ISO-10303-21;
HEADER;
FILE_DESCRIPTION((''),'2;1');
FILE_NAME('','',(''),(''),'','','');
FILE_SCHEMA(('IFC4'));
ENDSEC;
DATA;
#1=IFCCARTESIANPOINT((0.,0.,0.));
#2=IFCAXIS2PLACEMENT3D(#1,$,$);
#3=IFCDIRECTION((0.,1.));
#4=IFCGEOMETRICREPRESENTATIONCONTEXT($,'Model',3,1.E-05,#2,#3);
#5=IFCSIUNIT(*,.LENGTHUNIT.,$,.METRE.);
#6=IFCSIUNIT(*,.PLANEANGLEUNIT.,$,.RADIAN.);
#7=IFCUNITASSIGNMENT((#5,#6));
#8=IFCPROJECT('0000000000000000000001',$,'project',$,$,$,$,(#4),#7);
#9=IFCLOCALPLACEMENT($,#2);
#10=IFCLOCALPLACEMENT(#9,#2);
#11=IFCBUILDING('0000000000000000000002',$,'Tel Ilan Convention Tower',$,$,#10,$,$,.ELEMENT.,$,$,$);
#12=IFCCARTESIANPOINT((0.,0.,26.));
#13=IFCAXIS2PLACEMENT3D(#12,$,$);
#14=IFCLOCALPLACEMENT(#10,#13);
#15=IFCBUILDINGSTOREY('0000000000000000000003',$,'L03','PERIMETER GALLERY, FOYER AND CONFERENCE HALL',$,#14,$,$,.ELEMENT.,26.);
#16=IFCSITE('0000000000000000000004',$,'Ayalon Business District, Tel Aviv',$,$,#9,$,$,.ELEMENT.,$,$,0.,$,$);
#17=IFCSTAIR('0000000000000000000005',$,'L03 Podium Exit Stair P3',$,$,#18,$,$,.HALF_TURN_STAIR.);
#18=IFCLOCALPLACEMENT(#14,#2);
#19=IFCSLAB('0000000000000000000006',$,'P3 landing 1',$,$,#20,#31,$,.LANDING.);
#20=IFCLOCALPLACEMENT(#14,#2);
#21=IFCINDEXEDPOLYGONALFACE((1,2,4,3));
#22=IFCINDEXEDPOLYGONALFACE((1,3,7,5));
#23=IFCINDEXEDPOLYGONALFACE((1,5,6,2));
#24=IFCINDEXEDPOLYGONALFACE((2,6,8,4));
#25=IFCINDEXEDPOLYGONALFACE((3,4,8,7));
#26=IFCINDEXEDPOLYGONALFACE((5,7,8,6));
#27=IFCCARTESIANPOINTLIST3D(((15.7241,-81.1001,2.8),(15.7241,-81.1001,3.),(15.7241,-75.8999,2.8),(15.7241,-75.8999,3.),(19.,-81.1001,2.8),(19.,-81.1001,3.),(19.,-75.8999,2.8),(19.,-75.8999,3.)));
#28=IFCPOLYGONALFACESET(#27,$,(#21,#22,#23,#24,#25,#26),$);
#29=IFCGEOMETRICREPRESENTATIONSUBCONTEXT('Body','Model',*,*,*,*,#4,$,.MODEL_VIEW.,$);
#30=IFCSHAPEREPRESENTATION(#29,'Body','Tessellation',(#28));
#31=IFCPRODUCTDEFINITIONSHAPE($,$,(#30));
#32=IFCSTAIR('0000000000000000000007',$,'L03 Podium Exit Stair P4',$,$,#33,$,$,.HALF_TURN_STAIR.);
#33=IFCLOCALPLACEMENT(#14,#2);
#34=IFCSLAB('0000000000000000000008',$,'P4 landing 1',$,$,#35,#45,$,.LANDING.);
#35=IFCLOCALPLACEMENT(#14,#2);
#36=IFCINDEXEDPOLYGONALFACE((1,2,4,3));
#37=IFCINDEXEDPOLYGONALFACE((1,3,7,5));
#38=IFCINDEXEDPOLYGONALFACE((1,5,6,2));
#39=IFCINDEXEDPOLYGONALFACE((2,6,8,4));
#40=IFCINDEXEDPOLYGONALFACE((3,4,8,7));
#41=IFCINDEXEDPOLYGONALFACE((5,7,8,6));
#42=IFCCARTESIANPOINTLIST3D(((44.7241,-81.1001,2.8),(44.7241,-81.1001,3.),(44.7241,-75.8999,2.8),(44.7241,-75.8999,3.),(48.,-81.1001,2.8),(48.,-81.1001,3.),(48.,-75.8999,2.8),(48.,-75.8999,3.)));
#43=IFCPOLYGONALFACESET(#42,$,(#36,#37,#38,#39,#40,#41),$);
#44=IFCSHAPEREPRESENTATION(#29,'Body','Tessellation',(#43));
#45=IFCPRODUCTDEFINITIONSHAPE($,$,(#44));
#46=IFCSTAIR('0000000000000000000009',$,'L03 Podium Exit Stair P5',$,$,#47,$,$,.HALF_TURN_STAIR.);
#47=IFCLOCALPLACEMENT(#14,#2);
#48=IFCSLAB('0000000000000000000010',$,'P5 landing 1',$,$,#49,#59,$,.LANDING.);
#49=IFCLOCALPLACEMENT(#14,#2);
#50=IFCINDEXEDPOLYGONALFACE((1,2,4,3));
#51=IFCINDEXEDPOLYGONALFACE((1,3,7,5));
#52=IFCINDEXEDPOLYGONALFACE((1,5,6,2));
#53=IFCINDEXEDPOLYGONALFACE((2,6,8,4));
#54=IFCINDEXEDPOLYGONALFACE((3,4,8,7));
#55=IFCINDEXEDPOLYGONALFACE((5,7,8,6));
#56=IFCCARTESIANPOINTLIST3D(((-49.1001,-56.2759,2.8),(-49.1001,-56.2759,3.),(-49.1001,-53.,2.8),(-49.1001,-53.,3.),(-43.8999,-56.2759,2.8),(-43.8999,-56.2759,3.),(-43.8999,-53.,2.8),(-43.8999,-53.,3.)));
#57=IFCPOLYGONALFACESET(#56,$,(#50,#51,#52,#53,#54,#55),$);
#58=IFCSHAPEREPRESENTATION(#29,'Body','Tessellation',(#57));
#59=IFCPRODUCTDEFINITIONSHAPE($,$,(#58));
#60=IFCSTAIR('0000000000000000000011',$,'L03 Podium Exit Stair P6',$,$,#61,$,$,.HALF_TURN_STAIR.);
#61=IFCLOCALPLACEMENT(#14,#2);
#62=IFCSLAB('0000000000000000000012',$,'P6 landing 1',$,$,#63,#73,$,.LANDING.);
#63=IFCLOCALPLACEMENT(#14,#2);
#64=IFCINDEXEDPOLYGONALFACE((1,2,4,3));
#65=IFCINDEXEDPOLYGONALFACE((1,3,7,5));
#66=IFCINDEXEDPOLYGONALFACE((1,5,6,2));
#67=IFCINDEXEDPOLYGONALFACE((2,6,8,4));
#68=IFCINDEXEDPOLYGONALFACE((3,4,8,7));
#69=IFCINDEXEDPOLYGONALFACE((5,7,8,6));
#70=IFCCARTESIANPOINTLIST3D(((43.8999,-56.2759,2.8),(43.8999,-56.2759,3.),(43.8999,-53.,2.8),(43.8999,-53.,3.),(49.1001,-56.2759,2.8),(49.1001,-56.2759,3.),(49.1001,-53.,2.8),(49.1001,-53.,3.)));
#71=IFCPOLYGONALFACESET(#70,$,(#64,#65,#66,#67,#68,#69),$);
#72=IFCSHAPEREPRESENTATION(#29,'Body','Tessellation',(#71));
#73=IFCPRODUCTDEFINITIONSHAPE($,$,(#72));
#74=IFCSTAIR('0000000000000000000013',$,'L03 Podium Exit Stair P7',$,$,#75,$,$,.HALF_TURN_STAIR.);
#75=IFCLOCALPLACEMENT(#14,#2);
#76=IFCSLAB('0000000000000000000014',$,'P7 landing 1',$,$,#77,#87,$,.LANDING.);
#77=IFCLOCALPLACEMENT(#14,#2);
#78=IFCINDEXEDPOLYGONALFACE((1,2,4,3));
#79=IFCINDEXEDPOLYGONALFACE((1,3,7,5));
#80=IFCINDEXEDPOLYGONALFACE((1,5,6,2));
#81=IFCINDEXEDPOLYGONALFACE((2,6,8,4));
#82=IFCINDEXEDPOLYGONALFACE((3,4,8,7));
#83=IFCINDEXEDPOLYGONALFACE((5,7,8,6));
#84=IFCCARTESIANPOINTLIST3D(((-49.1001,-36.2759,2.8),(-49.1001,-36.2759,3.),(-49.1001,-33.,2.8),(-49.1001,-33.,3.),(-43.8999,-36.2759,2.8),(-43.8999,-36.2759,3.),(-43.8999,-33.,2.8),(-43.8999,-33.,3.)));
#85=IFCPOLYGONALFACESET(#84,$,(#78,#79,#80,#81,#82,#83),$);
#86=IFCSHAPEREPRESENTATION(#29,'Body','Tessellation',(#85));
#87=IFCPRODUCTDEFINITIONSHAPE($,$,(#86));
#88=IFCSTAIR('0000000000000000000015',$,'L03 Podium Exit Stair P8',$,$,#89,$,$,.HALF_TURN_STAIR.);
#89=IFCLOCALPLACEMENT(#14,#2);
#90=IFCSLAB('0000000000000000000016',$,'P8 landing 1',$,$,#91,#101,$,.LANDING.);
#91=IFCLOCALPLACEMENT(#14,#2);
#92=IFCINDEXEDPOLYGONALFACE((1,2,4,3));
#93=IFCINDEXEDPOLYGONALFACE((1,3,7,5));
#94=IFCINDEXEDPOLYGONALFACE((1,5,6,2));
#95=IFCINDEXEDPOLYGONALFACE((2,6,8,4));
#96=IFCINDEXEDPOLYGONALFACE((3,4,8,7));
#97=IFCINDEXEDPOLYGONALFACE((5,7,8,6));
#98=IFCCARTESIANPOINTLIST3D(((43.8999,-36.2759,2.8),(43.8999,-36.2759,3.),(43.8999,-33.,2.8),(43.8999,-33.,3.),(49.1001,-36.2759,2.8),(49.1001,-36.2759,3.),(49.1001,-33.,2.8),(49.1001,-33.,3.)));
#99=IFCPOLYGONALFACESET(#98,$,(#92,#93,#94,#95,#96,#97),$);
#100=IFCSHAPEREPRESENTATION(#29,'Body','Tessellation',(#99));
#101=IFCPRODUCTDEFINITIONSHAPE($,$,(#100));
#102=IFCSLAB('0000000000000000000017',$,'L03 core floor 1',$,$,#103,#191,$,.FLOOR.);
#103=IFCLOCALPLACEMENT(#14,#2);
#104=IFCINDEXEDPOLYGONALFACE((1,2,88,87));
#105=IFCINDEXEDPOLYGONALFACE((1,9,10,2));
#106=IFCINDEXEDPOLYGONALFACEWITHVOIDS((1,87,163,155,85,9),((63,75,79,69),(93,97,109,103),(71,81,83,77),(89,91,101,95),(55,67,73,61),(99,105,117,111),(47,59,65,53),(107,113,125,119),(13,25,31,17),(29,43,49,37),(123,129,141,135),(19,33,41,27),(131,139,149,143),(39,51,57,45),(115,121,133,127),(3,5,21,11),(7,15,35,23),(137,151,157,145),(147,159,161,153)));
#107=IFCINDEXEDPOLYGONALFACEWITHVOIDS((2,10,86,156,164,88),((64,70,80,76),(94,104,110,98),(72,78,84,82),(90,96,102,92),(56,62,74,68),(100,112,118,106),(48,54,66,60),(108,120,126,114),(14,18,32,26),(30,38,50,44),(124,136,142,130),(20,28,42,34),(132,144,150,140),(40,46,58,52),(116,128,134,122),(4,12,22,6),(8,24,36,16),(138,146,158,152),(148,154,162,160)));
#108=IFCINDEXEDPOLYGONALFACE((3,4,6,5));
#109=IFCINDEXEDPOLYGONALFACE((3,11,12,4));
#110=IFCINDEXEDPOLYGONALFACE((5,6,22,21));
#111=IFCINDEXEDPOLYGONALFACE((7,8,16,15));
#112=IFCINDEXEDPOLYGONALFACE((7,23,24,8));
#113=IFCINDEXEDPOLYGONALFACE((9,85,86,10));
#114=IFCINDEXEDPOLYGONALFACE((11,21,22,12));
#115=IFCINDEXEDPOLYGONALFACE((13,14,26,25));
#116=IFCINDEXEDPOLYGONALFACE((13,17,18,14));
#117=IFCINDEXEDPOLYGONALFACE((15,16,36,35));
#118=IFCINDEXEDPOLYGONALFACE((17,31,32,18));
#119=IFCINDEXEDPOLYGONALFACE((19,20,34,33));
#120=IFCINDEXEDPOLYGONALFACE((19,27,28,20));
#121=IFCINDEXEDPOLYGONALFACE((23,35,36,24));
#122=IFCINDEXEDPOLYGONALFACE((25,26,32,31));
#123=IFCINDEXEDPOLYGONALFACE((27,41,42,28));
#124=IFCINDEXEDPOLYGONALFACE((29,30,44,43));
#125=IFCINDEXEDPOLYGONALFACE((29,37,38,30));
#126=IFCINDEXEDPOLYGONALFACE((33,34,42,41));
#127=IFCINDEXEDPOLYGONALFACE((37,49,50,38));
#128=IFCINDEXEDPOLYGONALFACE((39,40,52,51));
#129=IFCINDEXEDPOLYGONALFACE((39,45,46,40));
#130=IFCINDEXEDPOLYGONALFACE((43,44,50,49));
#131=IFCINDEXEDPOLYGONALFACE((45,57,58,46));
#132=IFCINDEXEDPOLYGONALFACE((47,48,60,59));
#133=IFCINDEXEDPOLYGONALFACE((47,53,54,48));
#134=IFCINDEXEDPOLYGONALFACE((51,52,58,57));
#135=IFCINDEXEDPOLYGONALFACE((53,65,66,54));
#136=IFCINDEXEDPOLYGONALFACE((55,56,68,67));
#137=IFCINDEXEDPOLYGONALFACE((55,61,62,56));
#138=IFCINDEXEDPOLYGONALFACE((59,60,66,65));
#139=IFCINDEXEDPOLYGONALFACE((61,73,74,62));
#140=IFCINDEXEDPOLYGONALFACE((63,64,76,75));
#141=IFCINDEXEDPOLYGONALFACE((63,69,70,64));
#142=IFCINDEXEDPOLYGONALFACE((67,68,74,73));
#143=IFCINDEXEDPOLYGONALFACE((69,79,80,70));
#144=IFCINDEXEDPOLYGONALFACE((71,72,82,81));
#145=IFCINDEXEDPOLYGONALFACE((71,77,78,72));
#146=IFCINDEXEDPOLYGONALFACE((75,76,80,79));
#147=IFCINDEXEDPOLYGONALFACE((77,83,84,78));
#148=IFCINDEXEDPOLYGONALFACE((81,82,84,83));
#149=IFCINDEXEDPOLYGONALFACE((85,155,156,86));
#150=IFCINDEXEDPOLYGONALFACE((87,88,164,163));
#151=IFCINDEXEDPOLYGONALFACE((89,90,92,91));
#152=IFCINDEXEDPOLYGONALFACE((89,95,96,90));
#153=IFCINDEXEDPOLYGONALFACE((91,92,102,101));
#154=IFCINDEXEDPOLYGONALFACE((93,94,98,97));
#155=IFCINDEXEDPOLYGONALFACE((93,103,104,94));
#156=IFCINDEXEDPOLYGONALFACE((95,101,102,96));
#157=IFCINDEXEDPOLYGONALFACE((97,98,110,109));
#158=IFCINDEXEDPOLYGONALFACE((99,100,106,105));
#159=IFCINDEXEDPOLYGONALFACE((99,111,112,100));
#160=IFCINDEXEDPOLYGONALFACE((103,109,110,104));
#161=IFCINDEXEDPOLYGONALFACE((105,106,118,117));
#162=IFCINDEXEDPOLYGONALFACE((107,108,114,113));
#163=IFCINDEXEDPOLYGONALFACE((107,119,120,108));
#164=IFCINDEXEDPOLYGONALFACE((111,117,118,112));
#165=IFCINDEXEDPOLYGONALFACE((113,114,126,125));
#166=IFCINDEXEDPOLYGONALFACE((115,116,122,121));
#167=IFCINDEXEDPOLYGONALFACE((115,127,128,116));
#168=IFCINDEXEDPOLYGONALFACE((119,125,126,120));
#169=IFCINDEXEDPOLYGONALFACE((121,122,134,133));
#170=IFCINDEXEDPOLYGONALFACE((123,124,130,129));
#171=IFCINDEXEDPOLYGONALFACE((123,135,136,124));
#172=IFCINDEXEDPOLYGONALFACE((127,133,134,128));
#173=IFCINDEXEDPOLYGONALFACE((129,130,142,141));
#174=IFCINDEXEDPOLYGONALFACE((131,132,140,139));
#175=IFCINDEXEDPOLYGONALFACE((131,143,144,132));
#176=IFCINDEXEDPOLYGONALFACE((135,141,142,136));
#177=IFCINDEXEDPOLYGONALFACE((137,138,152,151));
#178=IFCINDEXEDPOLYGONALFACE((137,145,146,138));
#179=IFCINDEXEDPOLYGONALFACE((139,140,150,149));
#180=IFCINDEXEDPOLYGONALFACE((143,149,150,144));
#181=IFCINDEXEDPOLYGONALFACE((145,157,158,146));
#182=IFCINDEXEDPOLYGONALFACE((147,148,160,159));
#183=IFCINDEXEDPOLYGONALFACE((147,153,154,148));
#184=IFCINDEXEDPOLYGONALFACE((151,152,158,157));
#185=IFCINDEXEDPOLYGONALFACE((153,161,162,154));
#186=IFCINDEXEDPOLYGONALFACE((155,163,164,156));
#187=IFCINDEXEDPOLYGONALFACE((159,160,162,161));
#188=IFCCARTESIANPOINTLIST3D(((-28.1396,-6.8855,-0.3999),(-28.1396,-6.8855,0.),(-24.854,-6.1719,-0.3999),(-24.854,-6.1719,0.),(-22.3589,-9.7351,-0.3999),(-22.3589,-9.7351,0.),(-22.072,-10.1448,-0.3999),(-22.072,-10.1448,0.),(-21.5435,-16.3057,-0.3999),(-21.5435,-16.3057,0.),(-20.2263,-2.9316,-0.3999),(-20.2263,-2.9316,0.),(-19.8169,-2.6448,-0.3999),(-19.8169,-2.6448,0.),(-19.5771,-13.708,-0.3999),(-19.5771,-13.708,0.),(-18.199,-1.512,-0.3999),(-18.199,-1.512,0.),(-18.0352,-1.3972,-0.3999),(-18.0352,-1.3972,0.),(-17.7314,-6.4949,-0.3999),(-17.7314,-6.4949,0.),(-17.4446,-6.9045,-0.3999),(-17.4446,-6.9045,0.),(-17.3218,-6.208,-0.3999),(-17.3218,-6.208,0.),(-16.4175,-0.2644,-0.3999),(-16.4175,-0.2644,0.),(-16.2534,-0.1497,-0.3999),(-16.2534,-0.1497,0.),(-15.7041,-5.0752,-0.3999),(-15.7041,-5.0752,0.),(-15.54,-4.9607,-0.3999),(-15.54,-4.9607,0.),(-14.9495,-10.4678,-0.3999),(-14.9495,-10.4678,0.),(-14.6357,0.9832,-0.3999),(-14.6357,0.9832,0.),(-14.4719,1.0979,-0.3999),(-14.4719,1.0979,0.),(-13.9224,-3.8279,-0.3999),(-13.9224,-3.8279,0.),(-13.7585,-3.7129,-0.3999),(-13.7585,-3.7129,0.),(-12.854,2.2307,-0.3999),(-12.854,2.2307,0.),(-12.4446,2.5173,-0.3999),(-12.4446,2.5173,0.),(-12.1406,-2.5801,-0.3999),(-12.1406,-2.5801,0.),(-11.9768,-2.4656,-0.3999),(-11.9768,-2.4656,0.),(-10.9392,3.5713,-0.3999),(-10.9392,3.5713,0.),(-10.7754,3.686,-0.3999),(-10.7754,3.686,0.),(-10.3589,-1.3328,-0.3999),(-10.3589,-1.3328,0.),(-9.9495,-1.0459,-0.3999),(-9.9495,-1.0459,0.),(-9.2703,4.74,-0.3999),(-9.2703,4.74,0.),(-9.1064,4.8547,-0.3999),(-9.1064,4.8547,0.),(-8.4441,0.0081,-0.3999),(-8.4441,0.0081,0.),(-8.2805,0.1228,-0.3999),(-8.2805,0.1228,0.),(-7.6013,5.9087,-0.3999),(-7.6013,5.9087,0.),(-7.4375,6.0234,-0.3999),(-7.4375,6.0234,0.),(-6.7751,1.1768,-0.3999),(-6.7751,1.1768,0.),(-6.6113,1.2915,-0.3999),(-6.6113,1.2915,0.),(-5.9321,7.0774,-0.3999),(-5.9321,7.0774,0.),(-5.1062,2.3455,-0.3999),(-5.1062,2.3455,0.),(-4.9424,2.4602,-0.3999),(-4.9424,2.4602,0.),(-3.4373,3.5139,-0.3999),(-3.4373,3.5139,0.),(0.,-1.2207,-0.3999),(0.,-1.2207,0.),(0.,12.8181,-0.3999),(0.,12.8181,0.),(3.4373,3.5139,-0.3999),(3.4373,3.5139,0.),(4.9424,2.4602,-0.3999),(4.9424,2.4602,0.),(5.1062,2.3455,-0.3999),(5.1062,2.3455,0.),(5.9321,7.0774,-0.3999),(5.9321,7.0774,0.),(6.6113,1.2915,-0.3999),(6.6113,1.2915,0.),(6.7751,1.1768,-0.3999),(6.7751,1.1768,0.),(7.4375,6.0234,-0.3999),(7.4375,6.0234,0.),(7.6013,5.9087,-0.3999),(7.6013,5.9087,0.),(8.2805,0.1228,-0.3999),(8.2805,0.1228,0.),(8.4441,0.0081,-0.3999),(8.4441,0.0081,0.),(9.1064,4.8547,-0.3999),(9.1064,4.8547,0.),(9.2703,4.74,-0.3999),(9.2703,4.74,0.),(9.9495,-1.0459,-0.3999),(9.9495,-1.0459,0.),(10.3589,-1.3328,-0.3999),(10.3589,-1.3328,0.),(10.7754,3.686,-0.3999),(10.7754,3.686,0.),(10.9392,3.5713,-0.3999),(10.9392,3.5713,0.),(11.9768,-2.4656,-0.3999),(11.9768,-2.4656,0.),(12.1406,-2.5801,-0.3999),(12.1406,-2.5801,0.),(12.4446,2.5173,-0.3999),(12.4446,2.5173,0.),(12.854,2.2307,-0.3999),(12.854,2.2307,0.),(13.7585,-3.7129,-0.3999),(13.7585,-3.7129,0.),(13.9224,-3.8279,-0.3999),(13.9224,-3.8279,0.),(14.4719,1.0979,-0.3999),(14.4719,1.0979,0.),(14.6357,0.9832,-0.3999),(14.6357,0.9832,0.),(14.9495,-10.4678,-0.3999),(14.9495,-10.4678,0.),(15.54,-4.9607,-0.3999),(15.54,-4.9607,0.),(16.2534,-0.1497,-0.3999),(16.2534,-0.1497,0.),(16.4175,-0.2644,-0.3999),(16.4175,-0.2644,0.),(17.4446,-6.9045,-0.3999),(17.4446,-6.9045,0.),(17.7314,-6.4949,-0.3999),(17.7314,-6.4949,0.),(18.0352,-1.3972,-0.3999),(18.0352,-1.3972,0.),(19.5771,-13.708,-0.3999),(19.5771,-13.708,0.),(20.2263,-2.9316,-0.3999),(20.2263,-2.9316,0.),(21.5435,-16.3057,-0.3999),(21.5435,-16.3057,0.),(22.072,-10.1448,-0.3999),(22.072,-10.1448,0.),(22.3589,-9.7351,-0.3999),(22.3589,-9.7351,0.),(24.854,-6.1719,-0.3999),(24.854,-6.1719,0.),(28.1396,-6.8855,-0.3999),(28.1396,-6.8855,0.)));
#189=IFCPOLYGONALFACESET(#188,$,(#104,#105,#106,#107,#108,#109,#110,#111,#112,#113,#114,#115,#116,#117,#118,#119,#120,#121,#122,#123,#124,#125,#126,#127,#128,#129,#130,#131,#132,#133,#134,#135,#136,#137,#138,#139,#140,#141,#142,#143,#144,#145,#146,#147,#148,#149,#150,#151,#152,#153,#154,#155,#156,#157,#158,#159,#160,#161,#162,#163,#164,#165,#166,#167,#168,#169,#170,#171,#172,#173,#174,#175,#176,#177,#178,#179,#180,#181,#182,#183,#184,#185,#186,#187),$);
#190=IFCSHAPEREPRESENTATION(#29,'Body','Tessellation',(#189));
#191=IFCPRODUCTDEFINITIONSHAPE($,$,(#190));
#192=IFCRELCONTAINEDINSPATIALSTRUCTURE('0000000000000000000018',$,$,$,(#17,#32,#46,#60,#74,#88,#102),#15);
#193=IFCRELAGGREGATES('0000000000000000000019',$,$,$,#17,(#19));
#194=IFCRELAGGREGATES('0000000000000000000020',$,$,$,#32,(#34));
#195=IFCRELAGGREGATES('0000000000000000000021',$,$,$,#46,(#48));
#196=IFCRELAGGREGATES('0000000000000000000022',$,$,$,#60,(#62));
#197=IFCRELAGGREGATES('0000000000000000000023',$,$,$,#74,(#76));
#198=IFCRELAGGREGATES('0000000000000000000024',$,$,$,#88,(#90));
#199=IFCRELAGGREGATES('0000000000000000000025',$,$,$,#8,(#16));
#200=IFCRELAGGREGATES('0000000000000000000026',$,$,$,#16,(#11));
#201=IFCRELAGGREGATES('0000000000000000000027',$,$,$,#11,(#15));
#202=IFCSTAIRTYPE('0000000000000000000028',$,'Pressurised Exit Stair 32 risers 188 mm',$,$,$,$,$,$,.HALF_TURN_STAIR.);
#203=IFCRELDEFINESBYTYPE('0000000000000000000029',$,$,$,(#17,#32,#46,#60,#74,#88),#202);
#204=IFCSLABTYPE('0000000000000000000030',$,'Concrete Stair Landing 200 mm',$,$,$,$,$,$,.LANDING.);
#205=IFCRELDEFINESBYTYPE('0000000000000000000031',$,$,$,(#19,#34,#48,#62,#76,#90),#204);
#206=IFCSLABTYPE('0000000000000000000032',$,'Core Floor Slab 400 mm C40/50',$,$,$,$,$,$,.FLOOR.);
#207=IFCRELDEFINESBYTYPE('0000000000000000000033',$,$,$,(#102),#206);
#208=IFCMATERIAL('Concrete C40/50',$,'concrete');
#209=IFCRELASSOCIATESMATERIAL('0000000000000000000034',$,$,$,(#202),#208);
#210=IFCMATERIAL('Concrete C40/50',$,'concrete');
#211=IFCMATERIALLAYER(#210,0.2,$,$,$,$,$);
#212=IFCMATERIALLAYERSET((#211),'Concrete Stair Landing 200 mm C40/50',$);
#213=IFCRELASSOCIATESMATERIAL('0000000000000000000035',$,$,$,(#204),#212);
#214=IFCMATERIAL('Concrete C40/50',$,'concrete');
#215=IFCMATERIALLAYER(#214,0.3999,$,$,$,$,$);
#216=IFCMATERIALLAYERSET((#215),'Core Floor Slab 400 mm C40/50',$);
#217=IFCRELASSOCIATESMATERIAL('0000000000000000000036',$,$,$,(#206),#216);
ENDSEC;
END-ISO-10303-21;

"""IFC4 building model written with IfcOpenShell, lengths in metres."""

from ifc_helpers import new_model, si_unit, direction, frame, origin, place, context, subcontext, project, spatial, polyline, outline, extrude, material, layer, layer_set, type_object, element, aggregate, save


model = new_model("IFC4")

# Units and contexts
model_context = context("Model", 3, precision=1e-05, world=origin(), true_north=direction((0.0, 1.0)))
body_context = subcontext(model_context, "Body", "Model", "MODEL_VIEW")
ifc_project = project(units=[si_unit("LENGTHUNIT", "METRE"), si_unit("PLANEANGLEUNIT", "RADIAN")], contexts=[model_context])

# Site, building, storey
site_placement = place(None, origin())
site = spatial("IfcSite", under=ifc_project, at=site_placement, Name="Ayalon Business District, Tel Aviv", CompositionType="ELEMENT", RefElevation=0.0)
building_placement = place(site_placement, origin())
building = spatial("IfcBuilding", under=site, at=building_placement, Name="Tel Ilan Convention Tower", CompositionType="ELEMENT")
storey_placement = place(building_placement, frame((0.0, 0.0, 26.0)))
storey = spatial("IfcBuildingStorey", under=building, at=storey_placement, Name="L03", Description="PERIMETER GALLERY, FOYER AND CONFERENCE HALL", CompositionType="ELEMENT", Elevation=26.0)

# Stairs, slabs
ifc_material_1 = material(Name="Concrete C40/50", Category="concrete")
stair_type = type_object("IfcStairType", Name="Pressurised Exit Stair 32 risers 188 mm", PredefinedType="HALF_TURN_STAIR", material=ifc_material_1)
stair_1_placement = place(storey_placement, origin())
stair_1 = element("IfcStair", 1, at=stair_1_placement, inside=storey, type_object=stair_type, Name="L03 Podium Exit Stair P3", PredefinedType="HALF_TURN_STAIR")
ifc_material_2 = material(Name="Concrete C40/50", Category="concrete")
ifc_layer_1 = layer(ifc_material_2, 0.2)
ifc_layer_set_1 = layer_set([ifc_layer_1], Name="Concrete Stair Landing 200 mm C40/50")
slab_type_1 = type_object("IfcSlabType", Name="Concrete Stair Landing 200 mm", PredefinedType="LANDING", material=ifc_layer_set_1)
slab_1_placement = place(storey_placement, frame((0.0, 0.0, 2.8)))
slab_1 = element("IfcSlab", 2, at=slab_1_placement, type_object=slab_type_1, Name="P3 landing 1", PredefinedType="LANDING", context=body_context, shape_type="SweptSolid", body=[
    extrude(outline(polyline([(15.7241, -81.1001), (19.0, -81.1001), (19.0, -75.8999), (15.7241, -75.8999), (15.7241, -81.1001)])), origin(), (0.0, 0.0, 1.0), 0.2),
])
aggregate(stair_1, [slab_1])
stair_2_placement = place(storey_placement, origin())
stair_2 = element("IfcStair", 3, at=stair_2_placement, inside=storey, type_object=stair_type, Name="L03 Podium Exit Stair P4", PredefinedType="HALF_TURN_STAIR")
slab_2_placement = place(storey_placement, frame((0.0, 0.0, 2.8)))
slab_2 = element("IfcSlab", 4, at=slab_2_placement, type_object=slab_type_1, Name="P4 landing 1", PredefinedType="LANDING", context=body_context, shape_type="SweptSolid", body=[
    extrude(outline(polyline([(44.7241, -81.1001), (48.0, -81.1001), (48.0, -75.8999), (44.7241, -75.8999), (44.7241, -81.1001)])), origin(), (0.0, 0.0, 1.0), 0.2),
])
aggregate(stair_2, [slab_2])
stair_3_placement = place(storey_placement, origin())
stair_3 = element("IfcStair", 5, at=stair_3_placement, inside=storey, type_object=stair_type, Name="L03 Podium Exit Stair P5", PredefinedType="HALF_TURN_STAIR")
slab_3_placement = place(storey_placement, frame((0.0, 0.0, 2.8)))
slab_3 = element("IfcSlab", 6, at=slab_3_placement, type_object=slab_type_1, Name="P5 landing 1", PredefinedType="LANDING", context=body_context, shape_type="SweptSolid", body=[
    extrude(outline(polyline([(-43.8999, -56.2759), (-43.8999, -53.0), (-49.1001, -53.0), (-49.1001, -56.2759), (-43.8999, -56.2759)])), origin(), (0.0, 0.0, 1.0), 0.2),
])
aggregate(stair_3, [slab_3])
stair_4_placement = place(storey_placement, origin())
stair_4 = element("IfcStair", 7, at=stair_4_placement, inside=storey, type_object=stair_type, Name="L03 Podium Exit Stair P6", PredefinedType="HALF_TURN_STAIR")
slab_4_placement = place(storey_placement, frame((0.0, 0.0, 2.8)))
slab_4 = element("IfcSlab", 8, at=slab_4_placement, type_object=slab_type_1, Name="P6 landing 1", PredefinedType="LANDING", context=body_context, shape_type="SweptSolid", body=[
    extrude(outline(polyline([(49.1001, -56.2759), (49.1001, -53.0), (43.8999, -53.0), (43.8999, -56.2759), (49.1001, -56.2759)])), origin(), (0.0, 0.0, 1.0), 0.2),
])
aggregate(stair_4, [slab_4])
stair_5_placement = place(storey_placement, origin())
stair_5 = element("IfcStair", 9, at=stair_5_placement, inside=storey, type_object=stair_type, Name="L03 Podium Exit Stair P7", PredefinedType="HALF_TURN_STAIR")
slab_5_placement = place(storey_placement, frame((0.0, 0.0, 2.8)))
slab_5 = element("IfcSlab", 10, at=slab_5_placement, type_object=slab_type_1, Name="P7 landing 1", PredefinedType="LANDING", context=body_context, shape_type="SweptSolid", body=[
    extrude(outline(polyline([(-43.8999, -36.2759), (-43.8999, -33.0), (-49.1001, -33.0), (-49.1001, -36.2759), (-43.8999, -36.2759)])), origin(), (0.0, 0.0, 1.0), 0.2),
])
aggregate(stair_5, [slab_5])
stair_6_placement = place(storey_placement, origin())
stair_6 = element("IfcStair", 11, at=stair_6_placement, inside=storey, type_object=stair_type, Name="L03 Podium Exit Stair P8", PredefinedType="HALF_TURN_STAIR")
slab_6_placement = place(storey_placement, frame((0.0, 0.0, 2.8)))
slab_6 = element("IfcSlab", 12, at=slab_6_placement, type_object=slab_type_1, Name="P8 landing 1", PredefinedType="LANDING", context=body_context, shape_type="SweptSolid", body=[
    extrude(outline(polyline([(49.1001, -36.2759), (49.1001, -33.0), (43.8999, -33.0), (43.8999, -36.2759), (49.1001, -36.2759)])), origin(), (0.0, 0.0, 1.0), 0.2),
])
aggregate(stair_6, [slab_6])

# Slab
ifc_material_3 = material(Name="Concrete C40/50", Category="concrete")
ifc_layer_2 = layer(ifc_material_3, 0.3999)
ifc_layer_set_2 = layer_set([ifc_layer_2], Name="Core Floor Slab 400 mm C40/50")
slab_type_2 = type_object("IfcSlabType", Name="Core Floor Slab 400 mm C40/50", PredefinedType="FLOOR", material=ifc_layer_set_2)
slab_7_placement = place(storey_placement, frame((0.0, 0.0, -0.3999)))
element("IfcSlab", 13, at=slab_7_placement, inside=storey, type_object=slab_type_2, Name="L03 core floor 1", PredefinedType="FLOOR", context=body_context, shape_type="SweptSolid", body=[
    extrude(outline(polyline([(-28.1396, -6.8855), (0.0, 12.8181), (28.1396, -6.8855), (21.5435, -16.3057), (0.0, -1.2207), (-21.5435, -16.3057), (-28.1396, -6.8855)]), holes=[polyline([(-19.5771, -13.708), (-14.9495, -10.4678), (-17.4446, -6.9045), (-22.072, -10.1448), (-19.5771, -13.708)]), polyline([(-22.3589, -9.7351), (-17.7314, -6.4949), (-20.2263, -2.9316), (-24.854, -6.1719), (-22.3589, -9.7351)]), polyline([(-15.7041, -5.0752), (-18.199, -1.512), (-19.8169, -2.6448), (-17.3218, -6.208), (-15.7041, -5.0752)]), polyline([(-13.9224, -3.8279), (-16.4175, -0.2644), (-18.0352, -1.3972), (-15.54, -4.9607), (-13.9224, -3.8279)]), polyline([(-12.1406, -2.5801), (-14.6357, 0.9832), (-16.2534, -0.1497), (-13.7585, -3.7129), (-12.1406, -2.5801)]), polyline([(-10.3589, -1.3328), (-12.854, 2.2307), (-14.4719, 1.0979), (-11.9768, -2.4656), (-10.3589, -1.3328)]), polyline([(-8.4441, 0.0081), (-10.9392, 3.5713), (-12.4446, 2.5173), (-9.9495, -1.0459), (-8.4441, 0.0081)]), polyline([(-6.7751, 1.1768), (-9.2703, 4.74), (-10.7754, 3.686), (-8.2805, 0.1228), (-6.7751, 1.1768)]), polyline([(-5.1062, 2.3455), (-7.6013, 5.9087), (-9.1064, 4.8547), (-6.6113, 1.2915), (-5.1062, 2.3455)]), polyline([(-3.4373, 3.5139), (-5.9321, 7.0774), (-7.4375, 6.0234), (-4.9424, 2.4602), (-3.4373, 3.5139)]), polyline([(22.072, -10.1448), (17.4446, -6.9045), (14.9495, -10.4678), (19.5771, -13.708), (22.072, -10.1448)]), polyline([(24.854, -6.1719), (20.2263, -2.9316), (17.7314, -6.4949), (22.3589, -9.7351), (24.854, -6.1719)]), polyline([(13.9224, -3.8279), (15.54, -4.9607), (18.0352, -1.3972), (16.4175, -0.2644), (13.9224, -3.8279)]), polyline([(12.1406, -2.5801), (13.7585, -3.7129), (16.2534, -0.1497), (14.6357, 0.9832), (12.1406, -2.5801)]), polyline([(10.3589, -1.3328), (11.9768, -2.4656), (14.4719, 1.0979), (12.854, 2.2307), (10.3589, -1.3328)]), polyline([(8.4441, 0.0081), (9.9495, -1.0459), (12.4446, 2.5173), (10.9392, 3.5713), (8.4441, 0.0081)]), polyline([(6.7751, 1.1768), (8.2805, 0.1228), (10.7754, 3.686), (9.2703, 4.74), (6.7751, 1.1768)]), polyline([(5.1062, 2.3455), (6.6113, 1.2915), (9.1064, 4.8547), (7.6013, 5.9087), (5.1062, 2.3455)]), polyline([(3.4373, 3.5139), (4.9424, 2.4602), (7.4375, 6.0234), (5.9321, 7.0774), (3.4373, 3.5139)])]), origin(), (0.0, 0.0, 1.0), 0.3999),
])

save(model, "model.ifc")
